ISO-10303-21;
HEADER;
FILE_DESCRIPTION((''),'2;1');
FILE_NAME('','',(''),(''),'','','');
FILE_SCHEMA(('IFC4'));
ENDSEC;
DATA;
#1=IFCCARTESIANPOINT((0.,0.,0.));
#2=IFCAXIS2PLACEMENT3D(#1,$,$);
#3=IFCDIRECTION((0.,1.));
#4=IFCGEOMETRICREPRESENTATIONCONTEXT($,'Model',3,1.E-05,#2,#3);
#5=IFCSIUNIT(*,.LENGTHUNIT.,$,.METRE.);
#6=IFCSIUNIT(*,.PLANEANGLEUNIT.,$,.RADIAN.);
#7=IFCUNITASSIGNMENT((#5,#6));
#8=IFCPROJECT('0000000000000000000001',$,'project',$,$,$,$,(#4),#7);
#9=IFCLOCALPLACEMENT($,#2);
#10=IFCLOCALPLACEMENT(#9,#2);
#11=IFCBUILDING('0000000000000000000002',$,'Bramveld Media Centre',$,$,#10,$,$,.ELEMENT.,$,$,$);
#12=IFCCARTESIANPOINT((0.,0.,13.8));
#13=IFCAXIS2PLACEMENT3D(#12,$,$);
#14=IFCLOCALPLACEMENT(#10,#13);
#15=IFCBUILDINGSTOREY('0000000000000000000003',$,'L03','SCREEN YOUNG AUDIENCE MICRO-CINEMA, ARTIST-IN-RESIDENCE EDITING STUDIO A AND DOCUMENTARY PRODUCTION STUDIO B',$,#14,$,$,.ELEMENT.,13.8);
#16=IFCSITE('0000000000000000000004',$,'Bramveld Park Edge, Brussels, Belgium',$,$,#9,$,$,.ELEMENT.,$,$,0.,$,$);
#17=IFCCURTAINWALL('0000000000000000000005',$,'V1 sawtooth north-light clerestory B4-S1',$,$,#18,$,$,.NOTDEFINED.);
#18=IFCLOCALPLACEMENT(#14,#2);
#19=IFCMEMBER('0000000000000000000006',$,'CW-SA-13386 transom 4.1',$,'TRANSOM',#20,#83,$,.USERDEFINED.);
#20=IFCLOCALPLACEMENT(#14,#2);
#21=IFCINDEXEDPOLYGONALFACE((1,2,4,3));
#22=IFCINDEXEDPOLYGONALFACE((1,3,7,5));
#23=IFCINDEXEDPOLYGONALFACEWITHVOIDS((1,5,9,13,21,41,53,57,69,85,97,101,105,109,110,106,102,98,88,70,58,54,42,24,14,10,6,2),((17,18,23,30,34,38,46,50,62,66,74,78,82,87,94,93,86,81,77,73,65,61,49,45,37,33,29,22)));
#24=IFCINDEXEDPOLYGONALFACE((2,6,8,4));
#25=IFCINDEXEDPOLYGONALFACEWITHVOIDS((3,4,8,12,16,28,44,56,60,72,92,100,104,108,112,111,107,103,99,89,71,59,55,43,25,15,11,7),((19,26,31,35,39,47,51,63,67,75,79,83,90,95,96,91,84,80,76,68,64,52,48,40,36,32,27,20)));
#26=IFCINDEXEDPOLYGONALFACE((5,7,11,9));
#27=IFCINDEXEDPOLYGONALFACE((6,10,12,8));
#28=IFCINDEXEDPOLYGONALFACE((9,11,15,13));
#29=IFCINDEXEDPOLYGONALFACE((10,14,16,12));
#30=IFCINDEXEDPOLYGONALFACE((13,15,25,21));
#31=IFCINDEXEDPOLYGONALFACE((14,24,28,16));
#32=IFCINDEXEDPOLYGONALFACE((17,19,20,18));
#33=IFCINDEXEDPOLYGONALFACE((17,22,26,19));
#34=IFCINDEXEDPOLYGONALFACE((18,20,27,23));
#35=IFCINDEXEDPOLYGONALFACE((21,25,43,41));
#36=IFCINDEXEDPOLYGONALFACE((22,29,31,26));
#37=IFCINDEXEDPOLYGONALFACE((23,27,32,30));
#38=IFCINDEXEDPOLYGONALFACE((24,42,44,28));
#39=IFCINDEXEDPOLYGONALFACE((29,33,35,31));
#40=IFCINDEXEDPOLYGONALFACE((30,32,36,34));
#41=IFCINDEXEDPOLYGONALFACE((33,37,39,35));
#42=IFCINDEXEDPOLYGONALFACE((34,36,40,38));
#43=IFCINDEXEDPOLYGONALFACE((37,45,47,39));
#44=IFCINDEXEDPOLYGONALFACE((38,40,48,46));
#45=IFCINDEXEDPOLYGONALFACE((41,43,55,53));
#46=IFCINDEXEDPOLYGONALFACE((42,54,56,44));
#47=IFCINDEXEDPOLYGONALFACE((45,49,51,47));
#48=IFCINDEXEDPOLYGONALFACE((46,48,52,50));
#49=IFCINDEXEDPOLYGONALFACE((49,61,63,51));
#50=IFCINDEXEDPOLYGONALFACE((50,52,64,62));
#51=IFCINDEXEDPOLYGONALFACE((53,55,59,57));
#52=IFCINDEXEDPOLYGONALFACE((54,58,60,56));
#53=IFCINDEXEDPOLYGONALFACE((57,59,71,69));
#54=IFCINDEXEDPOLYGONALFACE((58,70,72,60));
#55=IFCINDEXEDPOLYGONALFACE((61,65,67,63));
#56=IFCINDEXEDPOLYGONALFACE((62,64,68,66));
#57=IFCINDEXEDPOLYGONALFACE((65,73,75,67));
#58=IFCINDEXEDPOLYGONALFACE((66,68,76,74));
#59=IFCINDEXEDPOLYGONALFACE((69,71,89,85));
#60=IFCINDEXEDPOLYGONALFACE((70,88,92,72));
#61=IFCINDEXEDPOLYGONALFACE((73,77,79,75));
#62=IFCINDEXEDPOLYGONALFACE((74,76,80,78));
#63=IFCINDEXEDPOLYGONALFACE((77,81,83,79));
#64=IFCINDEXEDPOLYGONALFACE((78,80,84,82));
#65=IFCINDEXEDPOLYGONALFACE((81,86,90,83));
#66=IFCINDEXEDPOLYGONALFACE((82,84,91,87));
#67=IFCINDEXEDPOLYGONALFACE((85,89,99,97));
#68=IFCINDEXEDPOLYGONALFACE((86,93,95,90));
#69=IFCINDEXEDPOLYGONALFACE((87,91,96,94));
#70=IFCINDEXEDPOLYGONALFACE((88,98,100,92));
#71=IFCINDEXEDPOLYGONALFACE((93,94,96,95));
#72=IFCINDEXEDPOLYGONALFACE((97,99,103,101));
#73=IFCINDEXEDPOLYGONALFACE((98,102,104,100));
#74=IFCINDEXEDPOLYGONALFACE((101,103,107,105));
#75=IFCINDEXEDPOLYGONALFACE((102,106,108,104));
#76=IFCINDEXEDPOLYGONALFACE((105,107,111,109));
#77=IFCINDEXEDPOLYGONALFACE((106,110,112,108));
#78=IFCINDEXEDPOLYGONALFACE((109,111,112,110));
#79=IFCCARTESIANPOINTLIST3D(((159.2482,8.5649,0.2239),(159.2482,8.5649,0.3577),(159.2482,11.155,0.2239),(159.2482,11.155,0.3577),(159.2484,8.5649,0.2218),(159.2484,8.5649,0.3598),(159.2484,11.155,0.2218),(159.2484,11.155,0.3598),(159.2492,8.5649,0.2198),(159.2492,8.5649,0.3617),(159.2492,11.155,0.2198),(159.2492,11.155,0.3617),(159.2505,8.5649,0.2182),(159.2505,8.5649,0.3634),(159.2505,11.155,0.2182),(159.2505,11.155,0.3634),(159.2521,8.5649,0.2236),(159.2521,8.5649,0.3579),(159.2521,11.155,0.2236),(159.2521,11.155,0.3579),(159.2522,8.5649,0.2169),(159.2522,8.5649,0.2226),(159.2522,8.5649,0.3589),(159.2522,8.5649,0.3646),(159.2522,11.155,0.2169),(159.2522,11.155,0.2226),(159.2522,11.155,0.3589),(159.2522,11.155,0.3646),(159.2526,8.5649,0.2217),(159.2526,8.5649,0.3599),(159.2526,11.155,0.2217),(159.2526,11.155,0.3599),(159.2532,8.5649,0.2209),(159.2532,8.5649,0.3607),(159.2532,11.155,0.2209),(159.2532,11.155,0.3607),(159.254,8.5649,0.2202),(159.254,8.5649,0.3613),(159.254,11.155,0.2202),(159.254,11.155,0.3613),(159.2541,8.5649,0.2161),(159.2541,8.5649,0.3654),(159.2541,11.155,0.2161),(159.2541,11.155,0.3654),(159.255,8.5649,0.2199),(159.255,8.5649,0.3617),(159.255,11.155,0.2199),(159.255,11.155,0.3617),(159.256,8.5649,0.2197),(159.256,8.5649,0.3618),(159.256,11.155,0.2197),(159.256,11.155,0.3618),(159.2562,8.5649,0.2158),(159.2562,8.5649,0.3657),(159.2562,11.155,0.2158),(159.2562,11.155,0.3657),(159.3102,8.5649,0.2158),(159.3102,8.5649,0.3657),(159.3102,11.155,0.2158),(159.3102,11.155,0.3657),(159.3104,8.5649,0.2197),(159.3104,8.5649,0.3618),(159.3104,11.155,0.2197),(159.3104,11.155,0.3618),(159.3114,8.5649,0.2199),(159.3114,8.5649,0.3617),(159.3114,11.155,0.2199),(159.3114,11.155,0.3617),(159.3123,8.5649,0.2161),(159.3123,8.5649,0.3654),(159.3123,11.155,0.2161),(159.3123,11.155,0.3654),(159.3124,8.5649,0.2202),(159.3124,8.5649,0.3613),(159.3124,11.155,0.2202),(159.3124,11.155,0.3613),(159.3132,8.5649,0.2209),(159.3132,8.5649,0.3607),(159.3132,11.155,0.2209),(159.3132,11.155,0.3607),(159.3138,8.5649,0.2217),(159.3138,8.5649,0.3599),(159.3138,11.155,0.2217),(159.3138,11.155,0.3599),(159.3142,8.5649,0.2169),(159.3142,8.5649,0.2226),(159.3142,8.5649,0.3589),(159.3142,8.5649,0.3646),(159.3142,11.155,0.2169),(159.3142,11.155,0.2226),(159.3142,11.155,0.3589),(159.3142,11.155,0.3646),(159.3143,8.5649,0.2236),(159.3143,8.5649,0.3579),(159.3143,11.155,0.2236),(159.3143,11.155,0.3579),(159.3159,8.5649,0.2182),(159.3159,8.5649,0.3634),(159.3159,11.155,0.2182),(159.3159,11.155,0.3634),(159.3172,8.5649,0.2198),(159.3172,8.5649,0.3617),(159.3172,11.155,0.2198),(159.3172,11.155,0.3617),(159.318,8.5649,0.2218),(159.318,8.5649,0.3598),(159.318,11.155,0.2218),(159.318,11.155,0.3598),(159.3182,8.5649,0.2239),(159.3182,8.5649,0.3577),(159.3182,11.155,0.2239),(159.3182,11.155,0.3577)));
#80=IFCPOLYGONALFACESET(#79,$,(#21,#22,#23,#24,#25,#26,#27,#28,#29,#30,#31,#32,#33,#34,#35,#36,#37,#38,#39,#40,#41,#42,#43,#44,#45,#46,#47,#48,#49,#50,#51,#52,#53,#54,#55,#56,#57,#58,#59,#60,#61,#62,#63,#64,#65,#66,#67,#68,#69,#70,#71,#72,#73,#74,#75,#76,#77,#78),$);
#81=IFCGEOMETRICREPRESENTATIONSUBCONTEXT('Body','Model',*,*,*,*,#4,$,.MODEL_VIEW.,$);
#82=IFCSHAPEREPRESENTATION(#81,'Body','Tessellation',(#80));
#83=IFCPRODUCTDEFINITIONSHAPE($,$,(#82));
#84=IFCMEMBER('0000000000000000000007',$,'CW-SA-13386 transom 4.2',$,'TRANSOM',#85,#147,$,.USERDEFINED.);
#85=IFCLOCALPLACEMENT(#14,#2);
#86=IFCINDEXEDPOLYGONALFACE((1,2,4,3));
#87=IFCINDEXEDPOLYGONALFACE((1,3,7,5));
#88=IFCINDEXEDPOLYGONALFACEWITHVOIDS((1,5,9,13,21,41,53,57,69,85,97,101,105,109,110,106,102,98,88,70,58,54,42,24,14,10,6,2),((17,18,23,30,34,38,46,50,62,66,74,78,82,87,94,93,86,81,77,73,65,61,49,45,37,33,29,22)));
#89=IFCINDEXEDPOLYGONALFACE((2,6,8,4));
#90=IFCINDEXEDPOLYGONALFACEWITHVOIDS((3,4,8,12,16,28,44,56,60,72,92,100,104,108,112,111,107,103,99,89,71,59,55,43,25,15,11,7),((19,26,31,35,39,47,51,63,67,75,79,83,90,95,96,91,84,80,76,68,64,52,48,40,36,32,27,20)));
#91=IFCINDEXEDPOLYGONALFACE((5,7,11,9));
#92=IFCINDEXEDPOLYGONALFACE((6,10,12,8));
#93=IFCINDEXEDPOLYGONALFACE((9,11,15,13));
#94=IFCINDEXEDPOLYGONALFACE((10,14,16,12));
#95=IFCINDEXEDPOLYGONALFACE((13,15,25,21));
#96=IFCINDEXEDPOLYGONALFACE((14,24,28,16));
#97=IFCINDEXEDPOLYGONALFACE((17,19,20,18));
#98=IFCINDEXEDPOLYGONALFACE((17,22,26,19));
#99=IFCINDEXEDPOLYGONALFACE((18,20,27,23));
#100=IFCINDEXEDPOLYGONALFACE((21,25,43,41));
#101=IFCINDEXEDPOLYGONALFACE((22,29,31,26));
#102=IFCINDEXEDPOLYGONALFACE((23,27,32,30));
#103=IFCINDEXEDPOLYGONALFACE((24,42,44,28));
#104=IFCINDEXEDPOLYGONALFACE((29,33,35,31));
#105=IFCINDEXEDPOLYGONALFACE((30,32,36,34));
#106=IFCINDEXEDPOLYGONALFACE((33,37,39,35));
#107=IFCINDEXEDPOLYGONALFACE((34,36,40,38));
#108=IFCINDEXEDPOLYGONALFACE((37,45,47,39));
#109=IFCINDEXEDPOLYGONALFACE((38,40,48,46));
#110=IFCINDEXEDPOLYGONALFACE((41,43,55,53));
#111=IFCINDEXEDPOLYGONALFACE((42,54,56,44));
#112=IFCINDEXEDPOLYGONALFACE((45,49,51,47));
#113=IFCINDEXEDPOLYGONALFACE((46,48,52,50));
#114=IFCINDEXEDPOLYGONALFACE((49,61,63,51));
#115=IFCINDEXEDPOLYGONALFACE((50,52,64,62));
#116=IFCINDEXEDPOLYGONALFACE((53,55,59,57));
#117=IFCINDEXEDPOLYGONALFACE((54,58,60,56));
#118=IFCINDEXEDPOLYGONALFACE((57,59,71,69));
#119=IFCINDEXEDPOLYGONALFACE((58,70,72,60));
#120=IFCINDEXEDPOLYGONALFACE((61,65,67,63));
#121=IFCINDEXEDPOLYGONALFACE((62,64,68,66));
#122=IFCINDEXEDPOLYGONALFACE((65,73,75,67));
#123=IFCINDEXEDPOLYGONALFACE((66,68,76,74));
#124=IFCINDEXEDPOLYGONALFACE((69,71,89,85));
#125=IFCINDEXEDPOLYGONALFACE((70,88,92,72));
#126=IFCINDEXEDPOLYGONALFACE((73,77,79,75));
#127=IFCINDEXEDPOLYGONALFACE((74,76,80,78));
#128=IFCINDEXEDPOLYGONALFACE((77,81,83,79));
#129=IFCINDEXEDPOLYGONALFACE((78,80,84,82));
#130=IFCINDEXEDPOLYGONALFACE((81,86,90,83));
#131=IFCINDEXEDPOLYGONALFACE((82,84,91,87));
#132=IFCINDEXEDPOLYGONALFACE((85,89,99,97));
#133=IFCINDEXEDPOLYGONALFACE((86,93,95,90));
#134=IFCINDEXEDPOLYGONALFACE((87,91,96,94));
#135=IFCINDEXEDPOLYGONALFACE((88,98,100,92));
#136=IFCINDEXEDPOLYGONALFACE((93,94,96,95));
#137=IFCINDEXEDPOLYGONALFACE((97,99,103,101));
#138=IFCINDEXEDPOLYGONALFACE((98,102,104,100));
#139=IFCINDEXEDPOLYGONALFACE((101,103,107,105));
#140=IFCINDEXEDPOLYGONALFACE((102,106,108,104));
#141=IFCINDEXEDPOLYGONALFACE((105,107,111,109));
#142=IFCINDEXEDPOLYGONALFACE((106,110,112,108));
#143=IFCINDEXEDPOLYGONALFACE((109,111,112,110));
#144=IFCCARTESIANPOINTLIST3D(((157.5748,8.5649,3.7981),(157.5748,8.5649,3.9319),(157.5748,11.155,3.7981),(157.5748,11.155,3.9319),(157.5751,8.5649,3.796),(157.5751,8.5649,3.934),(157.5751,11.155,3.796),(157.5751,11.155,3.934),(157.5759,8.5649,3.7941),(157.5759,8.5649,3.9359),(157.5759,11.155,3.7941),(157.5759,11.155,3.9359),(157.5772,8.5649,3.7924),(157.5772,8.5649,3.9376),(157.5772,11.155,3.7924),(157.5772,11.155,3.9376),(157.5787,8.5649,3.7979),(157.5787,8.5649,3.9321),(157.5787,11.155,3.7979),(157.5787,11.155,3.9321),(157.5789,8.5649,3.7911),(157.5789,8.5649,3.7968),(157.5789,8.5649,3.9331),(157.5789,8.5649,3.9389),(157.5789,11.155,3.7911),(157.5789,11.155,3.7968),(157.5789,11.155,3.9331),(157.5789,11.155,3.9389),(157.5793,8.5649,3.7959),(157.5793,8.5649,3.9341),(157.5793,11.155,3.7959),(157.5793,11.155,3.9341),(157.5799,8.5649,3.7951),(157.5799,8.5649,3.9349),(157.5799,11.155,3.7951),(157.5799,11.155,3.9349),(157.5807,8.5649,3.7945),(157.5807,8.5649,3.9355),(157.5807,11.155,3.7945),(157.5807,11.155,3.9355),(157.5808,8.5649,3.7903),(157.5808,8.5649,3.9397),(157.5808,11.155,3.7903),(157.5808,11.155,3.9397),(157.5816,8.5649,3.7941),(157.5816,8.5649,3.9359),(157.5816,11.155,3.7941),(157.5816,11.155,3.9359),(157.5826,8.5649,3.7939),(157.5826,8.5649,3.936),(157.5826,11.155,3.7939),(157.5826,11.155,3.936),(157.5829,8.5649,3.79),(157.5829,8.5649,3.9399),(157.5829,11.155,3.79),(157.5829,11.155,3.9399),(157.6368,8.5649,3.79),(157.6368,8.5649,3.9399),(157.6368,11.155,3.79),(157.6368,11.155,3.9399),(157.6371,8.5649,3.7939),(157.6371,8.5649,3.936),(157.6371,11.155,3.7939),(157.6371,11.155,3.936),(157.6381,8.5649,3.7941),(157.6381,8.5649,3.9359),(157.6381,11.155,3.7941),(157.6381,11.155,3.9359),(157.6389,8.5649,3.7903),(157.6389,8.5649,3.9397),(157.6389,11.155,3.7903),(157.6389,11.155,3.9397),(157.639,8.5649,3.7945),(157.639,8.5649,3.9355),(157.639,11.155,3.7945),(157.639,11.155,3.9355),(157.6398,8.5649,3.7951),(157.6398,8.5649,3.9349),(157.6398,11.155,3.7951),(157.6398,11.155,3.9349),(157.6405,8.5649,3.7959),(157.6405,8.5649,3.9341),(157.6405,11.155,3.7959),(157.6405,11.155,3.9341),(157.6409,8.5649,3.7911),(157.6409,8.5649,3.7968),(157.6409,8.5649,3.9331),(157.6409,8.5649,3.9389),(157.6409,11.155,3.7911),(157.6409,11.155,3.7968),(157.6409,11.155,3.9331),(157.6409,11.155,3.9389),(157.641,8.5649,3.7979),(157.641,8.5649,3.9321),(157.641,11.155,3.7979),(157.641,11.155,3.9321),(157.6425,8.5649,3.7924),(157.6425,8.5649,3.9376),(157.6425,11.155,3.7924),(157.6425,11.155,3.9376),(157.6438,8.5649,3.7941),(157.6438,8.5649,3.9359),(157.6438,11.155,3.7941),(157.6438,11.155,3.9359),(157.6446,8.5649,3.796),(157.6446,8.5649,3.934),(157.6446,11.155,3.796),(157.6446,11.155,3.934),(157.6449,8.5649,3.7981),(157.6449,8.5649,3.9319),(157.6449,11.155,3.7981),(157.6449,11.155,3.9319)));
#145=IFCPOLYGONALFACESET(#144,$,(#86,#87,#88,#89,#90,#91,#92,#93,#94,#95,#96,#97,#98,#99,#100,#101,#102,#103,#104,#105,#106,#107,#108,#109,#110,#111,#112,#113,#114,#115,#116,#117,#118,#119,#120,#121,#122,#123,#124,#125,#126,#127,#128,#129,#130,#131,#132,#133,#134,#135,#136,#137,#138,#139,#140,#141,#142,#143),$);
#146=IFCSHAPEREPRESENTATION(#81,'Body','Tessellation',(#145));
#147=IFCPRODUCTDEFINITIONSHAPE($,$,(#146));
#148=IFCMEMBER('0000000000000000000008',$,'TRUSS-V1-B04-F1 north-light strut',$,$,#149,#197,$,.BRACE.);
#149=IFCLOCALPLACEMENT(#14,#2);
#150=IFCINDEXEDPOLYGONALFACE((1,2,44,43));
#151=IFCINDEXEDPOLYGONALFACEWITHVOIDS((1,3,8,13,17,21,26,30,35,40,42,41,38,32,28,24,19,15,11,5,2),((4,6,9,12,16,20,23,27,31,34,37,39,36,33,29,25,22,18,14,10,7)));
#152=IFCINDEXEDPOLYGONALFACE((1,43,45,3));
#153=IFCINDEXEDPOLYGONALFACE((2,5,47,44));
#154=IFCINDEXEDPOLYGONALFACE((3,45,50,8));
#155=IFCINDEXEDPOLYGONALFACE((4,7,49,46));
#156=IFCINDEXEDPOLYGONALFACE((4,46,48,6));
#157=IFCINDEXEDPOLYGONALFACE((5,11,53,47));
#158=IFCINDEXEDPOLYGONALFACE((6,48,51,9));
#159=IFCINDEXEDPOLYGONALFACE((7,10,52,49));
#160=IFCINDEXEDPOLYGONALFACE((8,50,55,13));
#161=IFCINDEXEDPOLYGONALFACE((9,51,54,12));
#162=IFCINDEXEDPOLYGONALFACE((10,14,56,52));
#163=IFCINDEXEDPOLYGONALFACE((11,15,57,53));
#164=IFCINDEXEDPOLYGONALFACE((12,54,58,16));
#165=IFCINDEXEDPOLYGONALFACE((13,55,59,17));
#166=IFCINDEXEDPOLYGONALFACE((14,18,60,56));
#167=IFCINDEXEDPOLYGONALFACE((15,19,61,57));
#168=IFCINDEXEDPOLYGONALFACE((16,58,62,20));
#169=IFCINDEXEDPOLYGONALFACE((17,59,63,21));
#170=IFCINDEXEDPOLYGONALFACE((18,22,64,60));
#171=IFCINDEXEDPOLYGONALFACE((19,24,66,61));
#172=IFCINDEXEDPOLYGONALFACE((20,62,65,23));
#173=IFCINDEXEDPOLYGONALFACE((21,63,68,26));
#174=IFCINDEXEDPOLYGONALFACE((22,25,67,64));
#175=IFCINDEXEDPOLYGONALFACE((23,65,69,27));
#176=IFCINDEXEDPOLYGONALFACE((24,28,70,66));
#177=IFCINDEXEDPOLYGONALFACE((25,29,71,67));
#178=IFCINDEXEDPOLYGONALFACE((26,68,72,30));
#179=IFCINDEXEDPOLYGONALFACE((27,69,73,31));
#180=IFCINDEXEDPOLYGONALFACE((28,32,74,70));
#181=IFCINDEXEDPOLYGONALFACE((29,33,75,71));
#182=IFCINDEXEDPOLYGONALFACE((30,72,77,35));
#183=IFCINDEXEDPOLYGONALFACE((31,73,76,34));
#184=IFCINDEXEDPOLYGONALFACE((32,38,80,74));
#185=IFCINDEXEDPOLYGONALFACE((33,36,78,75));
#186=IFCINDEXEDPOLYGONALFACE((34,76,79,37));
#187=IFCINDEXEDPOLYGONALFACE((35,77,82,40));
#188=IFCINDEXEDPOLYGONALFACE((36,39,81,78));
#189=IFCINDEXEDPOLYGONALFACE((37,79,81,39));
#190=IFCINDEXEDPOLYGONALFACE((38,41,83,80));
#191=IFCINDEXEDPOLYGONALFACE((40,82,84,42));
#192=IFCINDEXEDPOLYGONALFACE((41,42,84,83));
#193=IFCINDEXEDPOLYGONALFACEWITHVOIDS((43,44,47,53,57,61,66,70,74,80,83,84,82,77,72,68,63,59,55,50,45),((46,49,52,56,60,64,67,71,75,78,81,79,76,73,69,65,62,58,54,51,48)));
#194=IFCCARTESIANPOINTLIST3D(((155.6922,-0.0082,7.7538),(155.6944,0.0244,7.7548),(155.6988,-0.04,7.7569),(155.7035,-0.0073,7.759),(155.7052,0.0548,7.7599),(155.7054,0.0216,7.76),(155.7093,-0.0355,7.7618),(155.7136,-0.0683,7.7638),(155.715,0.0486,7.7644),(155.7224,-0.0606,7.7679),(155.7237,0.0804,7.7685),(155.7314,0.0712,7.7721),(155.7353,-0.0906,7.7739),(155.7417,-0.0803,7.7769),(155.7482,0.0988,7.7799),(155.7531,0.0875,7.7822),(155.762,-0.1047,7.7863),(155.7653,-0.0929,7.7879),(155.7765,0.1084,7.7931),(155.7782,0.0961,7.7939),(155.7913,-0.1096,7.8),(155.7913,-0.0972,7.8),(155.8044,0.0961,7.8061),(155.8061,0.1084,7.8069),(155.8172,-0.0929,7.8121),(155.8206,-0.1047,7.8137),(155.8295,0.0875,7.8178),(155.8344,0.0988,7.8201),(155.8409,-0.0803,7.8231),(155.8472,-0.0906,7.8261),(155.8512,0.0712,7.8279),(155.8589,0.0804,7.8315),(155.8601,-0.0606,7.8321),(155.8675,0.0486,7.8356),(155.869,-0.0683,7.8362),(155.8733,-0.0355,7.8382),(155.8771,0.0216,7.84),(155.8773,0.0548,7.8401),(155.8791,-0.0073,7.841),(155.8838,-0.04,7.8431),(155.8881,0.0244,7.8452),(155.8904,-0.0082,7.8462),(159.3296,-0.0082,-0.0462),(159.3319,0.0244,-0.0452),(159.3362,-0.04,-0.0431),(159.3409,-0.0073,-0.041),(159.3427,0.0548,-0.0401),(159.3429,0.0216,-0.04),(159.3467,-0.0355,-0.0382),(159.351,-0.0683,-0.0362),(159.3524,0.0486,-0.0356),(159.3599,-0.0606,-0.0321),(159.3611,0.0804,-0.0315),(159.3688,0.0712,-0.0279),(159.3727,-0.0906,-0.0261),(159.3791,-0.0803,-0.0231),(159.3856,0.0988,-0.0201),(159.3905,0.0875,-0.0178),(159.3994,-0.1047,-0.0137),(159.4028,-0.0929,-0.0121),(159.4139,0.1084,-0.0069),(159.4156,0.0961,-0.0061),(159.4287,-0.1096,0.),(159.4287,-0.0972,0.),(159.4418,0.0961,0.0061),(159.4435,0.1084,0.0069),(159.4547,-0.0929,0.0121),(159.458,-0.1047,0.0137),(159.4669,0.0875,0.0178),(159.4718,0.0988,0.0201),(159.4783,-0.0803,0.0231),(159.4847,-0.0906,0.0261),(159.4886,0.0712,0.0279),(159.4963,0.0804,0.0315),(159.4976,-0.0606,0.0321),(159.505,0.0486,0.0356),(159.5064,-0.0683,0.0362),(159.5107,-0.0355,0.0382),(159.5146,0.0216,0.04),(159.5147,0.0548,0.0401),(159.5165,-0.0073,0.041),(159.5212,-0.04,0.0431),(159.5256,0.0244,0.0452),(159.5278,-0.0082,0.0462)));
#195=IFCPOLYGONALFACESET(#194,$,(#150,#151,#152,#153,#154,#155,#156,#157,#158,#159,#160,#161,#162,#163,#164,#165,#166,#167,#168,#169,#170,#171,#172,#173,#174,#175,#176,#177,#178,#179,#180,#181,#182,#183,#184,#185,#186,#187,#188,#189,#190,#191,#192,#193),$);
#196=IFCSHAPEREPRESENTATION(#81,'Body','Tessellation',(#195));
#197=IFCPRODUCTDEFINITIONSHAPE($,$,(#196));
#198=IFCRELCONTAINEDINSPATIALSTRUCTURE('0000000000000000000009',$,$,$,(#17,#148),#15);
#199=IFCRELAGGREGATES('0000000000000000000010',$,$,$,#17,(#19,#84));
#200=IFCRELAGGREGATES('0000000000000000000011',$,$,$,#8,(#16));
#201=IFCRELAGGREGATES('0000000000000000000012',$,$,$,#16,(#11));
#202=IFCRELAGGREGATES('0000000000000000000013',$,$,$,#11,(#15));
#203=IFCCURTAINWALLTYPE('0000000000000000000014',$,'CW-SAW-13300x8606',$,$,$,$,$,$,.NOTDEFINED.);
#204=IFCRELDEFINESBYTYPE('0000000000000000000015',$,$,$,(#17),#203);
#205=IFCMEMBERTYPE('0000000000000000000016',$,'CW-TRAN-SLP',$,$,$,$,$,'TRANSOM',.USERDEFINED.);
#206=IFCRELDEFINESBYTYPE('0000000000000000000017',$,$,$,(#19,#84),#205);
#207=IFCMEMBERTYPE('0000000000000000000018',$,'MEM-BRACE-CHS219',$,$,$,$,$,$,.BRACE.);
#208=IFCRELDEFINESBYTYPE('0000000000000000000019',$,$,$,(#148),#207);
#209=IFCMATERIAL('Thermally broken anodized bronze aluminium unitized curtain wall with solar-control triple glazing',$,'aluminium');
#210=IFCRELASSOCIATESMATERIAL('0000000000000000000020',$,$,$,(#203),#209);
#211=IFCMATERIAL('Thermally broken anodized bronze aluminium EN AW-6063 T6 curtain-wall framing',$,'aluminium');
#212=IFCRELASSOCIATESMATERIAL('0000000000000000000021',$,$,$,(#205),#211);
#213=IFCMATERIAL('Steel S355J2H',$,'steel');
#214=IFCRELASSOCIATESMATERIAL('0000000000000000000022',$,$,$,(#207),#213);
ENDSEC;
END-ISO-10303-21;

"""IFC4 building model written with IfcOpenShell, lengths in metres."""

from ifc_helpers import new_model, si_unit, direction, frame, origin, origin_2d, place, context, subcontext, project, spatial, hollow_rectangle, hollow_circle, extrude, material, material_profile, profile_set, type_object, element, aggregate, save


model = new_model("IFC4")

# Units and contexts
model_context = context("Model", 3, precision=1e-05, world=origin(), true_north=direction((0.0, 1.0)))
body_context = subcontext(model_context, "Body", "Model", "MODEL_VIEW")
ifc_project = project(units=[si_unit("LENGTHUNIT", "METRE"), si_unit("PLANEANGLEUNIT", "RADIAN")], contexts=[model_context])

# Site, building, storey
site_placement = place(None, origin())
site = spatial("IfcSite", under=ifc_project, at=site_placement, Name="Bramveld Park Edge, Brussels, Belgium", CompositionType="ELEMENT", RefElevation=0.0)
building_placement = place(site_placement, origin())
building = spatial("IfcBuilding", under=site, at=building_placement, Name="Bramveld Media Centre", CompositionType="ELEMENT")
storey_placement = place(building_placement, frame((0.0, 0.0, 13.8)))
storey = spatial("IfcBuildingStorey", under=building, at=storey_placement, Name="L03", Description="SCREEN YOUNG AUDIENCE MICRO-CINEMA, ARTIST-IN-RESIDENCE EDITING STUDIO A AND DOCUMENTARY PRODUCTION STUDIO B", CompositionType="ELEMENT", Elevation=13.8)

# Curtain wall, members
ifc_material_1 = material(Name="Thermally broken anodized bronze aluminium unitized curtain wall with solar-control triple glazing", Category="aluminium")
curtain_wall_type = type_object("IfcCurtainWallType", Name="CW-SAW-13300x8606", PredefinedType="NOTDEFINED", material=ifc_material_1)
curtain_wall_placement = place(storey_placement, origin())
curtain_wall = element("IfcCurtainWall", 1, at=curtain_wall_placement, inside=storey, type_object=curtain_wall_type, Name="V1 sawtooth north-light clerestory B4-S1", PredefinedType="NOTDEFINED")
ifc_material_2 = material(Name="Thermally broken anodized bronze aluminium EN AW-6063 T6 curtain-wall framing", Category="aluminium")
ifc_material_profile_1 = material_profile(ifc_material_2, hollow_rectangle(XDim=0.0701, YDim=0.1499, WallThickness=0.0039, InnerFilletRadius=0.0039, OuterFilletRadius=0.0081, at=origin_2d()), Name="AL-TRAN 70x150")
ifc_profile_set_1 = profile_set([ifc_material_profile_1], Name="Thermally broken anodized bronze aluminium EN AW-6063 T6 curtain-wall framing")
member_type_1 = type_object("IfcMemberType", Name="CW-TRAN-SLP", ElementType="TRANSOM", PredefinedType="USERDEFINED", material=ifc_profile_set_1)
member_1_placement = place(storey_placement, frame((159.2832, 8.5649, 0.2908), z_axis=(0.0, 1.0, 0.0), x_axis=(-1.0, 0.0, 0.0)))
member_1 = element("IfcMember", 2, at=member_1_placement, type_object=member_type_1, Name="CW-SA-13386 transom 4.1", ObjectType="TRANSOM", PredefinedType="USERDEFINED", context=body_context, shape_type="SweptSolid", body=[
    extrude(hollow_rectangle(XDim=0.0701, YDim=0.1499, WallThickness=0.0039, InnerFilletRadius=0.0039, OuterFilletRadius=0.0081, at=origin_2d()), origin(), (0.0, 0.0, 1.0), 2.5901),
])
member_2_placement = place(storey_placement, frame((157.6099, 8.5649, 3.865), z_axis=(0.0, 1.0, 0.0), x_axis=(-1.0, 0.0, 0.0)))
member_2 = element("IfcMember", 3, at=member_2_placement, type_object=member_type_1, Name="CW-SA-13386 transom 4.2", ObjectType="TRANSOM", PredefinedType="USERDEFINED", context=body_context, shape_type="SweptSolid", body=[
    extrude(hollow_rectangle(XDim=0.0701, YDim=0.1499, WallThickness=0.0039, InnerFilletRadius=0.0039, OuterFilletRadius=0.0081, at=origin_2d()), origin(), (0.0, 0.0, 1.0), 2.5901),
])

# Member
ifc_material_3 = material(Name="Steel S355J2H", Category="steel")
ifc_material_profile_2 = material_profile(ifc_material_3, hollow_circle(Radius=0.1096, WallThickness=0.0125, at=origin_2d()), Name="CHS 219.1x12.5")
ifc_profile_set_2 = profile_set([ifc_material_profile_2], Name="Steel S355J2H")
member_type_2 = type_object("IfcMemberType", Name="MEM-BRACE-CHS219", PredefinedType="BRACE", material=ifc_profile_set_2)
for number, where, z_axis, x_axis, name in (
    (4, (159.4287, 0.0, 0.0), (-0.42264, 0.0, 0.906298), (0.0, -1.0, 0.0), "TRUSS-V1-B04-F1 north-light strut"),
):
    element("IfcMember", number, at=place(storey_placement, frame(where, z_axis=z_axis, x_axis=x_axis)), inside=storey, type_object=member_type_2, Name=name, PredefinedType="BRACE", context=body_context, shape_type="SweptSolid", body=[
        extrude(hollow_circle(Radius=0.1096, WallThickness=0.0125, at=origin_2d()), origin(), (0.0, 0.0, 1.0), 8.6064),
    ])

aggregate(curtain_wall, [member_1, member_2])

save(model, "model.ifc")
